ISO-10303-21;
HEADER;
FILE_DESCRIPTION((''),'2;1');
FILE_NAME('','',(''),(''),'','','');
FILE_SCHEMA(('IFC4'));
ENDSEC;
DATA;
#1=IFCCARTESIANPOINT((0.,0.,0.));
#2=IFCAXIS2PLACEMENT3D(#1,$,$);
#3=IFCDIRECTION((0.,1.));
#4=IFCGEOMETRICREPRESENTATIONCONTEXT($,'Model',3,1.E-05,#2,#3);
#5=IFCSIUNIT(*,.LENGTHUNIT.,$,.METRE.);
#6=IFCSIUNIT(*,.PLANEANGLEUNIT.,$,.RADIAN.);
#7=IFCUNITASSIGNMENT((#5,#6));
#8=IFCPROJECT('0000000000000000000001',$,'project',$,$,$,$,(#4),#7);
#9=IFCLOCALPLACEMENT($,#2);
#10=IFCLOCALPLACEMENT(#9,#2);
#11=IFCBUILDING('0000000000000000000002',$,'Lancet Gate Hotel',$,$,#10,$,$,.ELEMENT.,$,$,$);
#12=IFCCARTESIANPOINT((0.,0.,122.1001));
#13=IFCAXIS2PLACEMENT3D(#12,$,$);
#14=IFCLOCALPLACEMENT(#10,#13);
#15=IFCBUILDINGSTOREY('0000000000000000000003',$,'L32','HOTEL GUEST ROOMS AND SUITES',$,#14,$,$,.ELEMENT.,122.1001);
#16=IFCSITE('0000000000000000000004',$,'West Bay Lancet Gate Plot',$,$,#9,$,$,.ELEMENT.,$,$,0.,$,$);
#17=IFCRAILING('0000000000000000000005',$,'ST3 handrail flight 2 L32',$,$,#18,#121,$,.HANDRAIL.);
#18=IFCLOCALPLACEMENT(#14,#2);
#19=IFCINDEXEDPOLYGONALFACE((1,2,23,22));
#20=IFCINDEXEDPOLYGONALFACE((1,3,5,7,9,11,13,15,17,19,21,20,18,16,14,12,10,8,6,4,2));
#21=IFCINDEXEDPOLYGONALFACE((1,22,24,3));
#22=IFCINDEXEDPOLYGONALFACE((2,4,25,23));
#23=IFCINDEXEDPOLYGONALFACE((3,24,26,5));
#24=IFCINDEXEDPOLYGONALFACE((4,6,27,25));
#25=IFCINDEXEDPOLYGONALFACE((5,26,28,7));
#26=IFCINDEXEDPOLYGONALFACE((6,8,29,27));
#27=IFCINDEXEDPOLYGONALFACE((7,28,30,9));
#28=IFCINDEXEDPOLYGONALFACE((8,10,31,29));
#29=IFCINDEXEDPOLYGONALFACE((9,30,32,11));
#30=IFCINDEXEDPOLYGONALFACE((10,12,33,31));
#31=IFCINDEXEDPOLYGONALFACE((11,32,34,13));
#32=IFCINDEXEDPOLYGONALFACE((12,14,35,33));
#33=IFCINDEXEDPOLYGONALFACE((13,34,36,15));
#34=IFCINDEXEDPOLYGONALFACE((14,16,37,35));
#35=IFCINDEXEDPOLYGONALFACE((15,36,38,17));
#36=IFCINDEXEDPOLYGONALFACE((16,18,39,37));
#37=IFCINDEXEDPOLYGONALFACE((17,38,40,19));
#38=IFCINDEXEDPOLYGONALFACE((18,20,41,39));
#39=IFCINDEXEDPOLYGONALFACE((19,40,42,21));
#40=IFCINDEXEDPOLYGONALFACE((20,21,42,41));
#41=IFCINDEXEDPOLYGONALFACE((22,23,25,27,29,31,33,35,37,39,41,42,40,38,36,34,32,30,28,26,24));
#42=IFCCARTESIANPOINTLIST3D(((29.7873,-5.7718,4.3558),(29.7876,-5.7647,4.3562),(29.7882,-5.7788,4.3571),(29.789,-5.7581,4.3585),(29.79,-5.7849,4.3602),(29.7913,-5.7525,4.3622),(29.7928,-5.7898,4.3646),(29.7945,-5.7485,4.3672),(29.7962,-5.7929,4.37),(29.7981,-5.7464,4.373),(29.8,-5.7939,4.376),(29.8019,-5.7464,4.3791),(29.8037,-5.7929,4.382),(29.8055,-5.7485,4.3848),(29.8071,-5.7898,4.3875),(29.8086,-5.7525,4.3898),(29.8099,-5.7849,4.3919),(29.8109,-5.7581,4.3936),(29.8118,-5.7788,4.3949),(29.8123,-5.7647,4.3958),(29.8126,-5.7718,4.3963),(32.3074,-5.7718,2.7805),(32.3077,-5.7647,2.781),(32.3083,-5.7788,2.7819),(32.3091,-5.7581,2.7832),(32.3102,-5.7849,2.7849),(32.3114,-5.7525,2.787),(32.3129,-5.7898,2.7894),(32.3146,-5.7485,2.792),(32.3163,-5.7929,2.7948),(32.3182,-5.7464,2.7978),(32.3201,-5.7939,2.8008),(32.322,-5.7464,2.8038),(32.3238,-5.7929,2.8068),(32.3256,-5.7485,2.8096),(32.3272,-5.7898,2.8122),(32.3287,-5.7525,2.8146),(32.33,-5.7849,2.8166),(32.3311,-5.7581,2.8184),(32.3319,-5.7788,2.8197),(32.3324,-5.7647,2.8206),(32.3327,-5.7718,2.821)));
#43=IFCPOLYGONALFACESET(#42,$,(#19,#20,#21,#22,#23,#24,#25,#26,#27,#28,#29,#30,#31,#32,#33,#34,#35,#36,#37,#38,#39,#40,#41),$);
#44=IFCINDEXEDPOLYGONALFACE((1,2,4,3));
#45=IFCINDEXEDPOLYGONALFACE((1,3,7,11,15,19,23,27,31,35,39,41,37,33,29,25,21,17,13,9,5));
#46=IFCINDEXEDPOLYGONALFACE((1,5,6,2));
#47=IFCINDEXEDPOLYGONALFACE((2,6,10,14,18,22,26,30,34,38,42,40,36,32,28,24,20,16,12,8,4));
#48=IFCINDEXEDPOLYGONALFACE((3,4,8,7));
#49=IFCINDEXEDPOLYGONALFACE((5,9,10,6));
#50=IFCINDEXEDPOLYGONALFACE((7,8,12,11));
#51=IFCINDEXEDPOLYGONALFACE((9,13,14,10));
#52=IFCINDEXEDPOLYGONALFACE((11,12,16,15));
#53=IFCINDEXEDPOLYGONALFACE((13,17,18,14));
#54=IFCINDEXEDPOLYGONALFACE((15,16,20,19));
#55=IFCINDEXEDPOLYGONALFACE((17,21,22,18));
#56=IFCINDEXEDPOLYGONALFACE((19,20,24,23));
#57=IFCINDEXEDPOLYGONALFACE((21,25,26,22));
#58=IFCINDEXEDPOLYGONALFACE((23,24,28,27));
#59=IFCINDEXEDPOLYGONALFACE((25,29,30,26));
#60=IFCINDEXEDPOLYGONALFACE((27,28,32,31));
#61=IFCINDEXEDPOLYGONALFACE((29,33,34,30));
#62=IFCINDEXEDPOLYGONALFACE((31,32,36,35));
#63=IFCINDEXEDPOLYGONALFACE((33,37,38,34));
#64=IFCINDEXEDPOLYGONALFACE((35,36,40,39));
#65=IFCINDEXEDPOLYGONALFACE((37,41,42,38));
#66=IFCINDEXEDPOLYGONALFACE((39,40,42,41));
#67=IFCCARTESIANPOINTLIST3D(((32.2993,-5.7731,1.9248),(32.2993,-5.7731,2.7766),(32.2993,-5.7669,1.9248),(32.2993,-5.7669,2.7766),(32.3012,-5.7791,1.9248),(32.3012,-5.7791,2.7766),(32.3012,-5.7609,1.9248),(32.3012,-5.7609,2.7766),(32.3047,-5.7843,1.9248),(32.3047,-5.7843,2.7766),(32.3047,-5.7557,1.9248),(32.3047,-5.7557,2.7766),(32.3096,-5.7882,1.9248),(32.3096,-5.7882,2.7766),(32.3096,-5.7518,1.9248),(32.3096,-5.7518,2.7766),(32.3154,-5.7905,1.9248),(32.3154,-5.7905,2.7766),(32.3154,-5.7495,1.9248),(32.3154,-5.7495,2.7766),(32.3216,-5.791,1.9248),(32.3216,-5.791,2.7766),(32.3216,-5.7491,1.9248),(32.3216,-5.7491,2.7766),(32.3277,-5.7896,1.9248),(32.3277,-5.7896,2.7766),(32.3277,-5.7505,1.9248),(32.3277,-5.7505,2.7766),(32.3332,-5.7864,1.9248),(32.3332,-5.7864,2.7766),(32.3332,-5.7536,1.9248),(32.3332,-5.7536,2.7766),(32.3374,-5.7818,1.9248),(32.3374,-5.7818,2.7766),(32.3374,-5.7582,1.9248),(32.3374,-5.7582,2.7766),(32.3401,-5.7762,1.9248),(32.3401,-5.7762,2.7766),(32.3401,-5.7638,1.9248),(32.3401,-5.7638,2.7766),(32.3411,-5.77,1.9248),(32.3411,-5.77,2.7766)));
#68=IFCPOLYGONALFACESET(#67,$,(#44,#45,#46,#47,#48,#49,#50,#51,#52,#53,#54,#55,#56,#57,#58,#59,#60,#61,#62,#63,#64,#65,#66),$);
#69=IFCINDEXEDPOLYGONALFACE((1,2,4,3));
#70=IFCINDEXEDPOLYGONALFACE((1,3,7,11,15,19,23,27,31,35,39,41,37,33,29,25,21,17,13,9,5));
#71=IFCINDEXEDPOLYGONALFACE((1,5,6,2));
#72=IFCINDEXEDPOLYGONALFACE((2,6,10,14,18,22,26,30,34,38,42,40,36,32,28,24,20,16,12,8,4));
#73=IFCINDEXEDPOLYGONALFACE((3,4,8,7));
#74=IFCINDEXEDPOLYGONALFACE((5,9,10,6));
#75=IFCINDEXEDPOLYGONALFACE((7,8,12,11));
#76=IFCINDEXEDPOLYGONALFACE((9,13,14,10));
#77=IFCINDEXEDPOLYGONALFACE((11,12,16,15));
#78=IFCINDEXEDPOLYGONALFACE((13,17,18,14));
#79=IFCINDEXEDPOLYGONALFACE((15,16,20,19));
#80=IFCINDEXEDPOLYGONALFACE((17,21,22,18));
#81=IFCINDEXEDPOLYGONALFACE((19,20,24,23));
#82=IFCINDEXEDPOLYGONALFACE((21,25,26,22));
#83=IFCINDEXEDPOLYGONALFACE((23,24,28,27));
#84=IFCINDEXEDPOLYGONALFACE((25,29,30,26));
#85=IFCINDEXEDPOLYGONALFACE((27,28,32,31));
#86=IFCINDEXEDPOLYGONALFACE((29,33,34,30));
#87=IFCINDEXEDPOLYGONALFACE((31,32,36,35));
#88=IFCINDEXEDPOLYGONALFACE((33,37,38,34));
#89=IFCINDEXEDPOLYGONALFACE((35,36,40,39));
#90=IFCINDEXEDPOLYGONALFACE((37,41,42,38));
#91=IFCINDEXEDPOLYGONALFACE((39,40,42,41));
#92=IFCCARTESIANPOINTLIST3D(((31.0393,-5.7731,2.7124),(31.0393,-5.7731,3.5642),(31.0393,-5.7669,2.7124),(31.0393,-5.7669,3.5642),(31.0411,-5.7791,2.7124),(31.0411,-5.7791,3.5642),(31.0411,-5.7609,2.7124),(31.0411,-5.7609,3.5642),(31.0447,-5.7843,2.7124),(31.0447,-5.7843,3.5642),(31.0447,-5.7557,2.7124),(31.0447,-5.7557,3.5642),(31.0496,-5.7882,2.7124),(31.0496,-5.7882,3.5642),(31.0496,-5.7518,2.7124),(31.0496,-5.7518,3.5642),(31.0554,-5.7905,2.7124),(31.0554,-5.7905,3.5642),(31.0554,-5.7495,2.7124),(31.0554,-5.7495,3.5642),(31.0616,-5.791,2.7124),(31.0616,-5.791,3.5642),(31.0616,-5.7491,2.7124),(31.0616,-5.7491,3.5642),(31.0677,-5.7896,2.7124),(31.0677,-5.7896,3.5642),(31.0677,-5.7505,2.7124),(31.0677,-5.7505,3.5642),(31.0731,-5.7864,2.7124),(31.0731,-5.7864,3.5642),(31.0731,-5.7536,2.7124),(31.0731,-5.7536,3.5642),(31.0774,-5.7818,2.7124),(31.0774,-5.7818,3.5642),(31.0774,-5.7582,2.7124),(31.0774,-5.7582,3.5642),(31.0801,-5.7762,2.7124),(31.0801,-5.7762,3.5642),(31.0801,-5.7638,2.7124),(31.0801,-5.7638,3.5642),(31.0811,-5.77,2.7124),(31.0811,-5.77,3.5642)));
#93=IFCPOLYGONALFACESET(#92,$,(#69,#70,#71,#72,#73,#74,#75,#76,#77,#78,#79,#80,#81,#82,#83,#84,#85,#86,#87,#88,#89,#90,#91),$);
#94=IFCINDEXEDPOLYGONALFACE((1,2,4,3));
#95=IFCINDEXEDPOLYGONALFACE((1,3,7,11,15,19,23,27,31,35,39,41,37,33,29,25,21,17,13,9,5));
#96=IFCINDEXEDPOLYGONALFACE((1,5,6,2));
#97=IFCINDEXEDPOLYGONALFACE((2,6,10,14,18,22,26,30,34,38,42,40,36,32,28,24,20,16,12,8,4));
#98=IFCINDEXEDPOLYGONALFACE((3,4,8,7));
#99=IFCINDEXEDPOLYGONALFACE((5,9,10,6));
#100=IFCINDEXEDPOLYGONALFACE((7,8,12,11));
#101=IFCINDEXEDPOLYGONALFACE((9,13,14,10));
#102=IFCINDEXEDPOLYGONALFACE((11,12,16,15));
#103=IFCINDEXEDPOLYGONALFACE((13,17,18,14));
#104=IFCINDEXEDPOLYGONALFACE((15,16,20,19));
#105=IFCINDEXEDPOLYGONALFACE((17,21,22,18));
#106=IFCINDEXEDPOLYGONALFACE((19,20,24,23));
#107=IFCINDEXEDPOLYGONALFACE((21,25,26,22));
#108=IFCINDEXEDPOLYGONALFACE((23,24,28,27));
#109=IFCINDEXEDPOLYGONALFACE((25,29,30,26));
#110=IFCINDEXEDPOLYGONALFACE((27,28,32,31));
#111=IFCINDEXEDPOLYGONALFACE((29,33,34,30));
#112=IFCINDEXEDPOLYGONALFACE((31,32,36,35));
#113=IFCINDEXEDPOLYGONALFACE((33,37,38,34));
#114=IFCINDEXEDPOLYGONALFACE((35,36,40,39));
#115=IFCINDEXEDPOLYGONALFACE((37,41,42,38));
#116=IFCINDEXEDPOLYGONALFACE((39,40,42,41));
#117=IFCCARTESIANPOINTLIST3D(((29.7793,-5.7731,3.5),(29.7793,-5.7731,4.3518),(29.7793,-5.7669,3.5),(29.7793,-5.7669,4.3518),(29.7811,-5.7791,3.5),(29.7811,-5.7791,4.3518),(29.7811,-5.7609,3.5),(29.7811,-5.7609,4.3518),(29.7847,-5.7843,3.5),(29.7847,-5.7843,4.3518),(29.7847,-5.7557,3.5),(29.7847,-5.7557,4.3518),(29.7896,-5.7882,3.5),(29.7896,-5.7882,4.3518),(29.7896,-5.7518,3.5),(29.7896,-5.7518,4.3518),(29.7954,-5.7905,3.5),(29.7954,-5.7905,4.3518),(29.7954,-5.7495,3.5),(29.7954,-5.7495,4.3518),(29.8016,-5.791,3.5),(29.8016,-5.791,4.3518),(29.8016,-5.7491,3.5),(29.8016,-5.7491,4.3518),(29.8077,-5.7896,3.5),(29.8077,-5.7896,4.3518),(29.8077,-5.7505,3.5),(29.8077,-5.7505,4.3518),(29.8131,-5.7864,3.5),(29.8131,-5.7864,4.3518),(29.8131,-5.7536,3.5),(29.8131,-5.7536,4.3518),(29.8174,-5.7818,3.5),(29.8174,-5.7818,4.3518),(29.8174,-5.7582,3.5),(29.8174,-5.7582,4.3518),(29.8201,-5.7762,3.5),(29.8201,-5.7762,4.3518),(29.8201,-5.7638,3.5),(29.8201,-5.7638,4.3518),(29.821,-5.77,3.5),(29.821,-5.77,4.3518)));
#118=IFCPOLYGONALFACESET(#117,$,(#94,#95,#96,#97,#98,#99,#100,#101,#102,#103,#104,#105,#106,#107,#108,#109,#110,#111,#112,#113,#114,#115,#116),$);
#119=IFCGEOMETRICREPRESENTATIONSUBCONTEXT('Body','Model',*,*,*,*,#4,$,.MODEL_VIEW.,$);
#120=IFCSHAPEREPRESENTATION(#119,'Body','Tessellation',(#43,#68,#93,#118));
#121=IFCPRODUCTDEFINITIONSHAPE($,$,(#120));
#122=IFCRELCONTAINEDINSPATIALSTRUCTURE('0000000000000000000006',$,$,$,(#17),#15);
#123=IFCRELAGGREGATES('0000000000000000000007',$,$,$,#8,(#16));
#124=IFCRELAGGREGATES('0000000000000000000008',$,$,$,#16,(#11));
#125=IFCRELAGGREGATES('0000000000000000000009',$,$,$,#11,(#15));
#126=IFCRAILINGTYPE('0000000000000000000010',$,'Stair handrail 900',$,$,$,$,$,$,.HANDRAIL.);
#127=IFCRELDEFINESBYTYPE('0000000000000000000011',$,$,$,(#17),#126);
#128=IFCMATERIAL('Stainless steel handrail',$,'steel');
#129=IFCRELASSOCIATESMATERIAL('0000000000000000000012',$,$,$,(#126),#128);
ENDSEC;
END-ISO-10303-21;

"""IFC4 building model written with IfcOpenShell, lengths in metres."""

from ifc_helpers import new_model, si_unit, direction, frame, origin, origin_2d, place, context, subcontext, project, spatial, circle, extrude, material, type_object, element, save


model = new_model("IFC4")

# Units and contexts
model_context = context("Model", 3, precision=1e-05, world=origin(), true_north=direction((0.0, 1.0)))
body_context = subcontext(model_context, "Body", "Model", "MODEL_VIEW")
ifc_project = project(units=[si_unit("LENGTHUNIT", "METRE"), si_unit("PLANEANGLEUNIT", "RADIAN")], contexts=[model_context])

# Site, building, storey
site_placement = place(None, origin())
site = spatial("IfcSite", under=ifc_project, at=site_placement, Name="West Bay Lancet Gate Plot", CompositionType="ELEMENT", RefElevation=0.0)
building_placement = place(site_placement, origin())
building = spatial("IfcBuilding", under=site, at=building_placement, Name="Lancet Gate Hotel", CompositionType="ELEMENT")
storey_placement = place(building_placement, frame((0.0, 0.0, 122.1001)))
storey = spatial("IfcBuildingStorey", under=building, at=storey_placement, Name="L32", Description="HOTEL GUEST ROOMS AND SUITES", CompositionType="ELEMENT", Elevation=122.1001)

# Railing
ifc_material_1 = material(Name="Stainless steel handrail", Category="steel")
railing_type = type_object("IfcRailingType", Name="Stair handrail 900", PredefinedType="HANDRAIL", material=ifc_material_1)
railing_placement = place(storey_placement, frame((32.3201, -5.77, 1.9248)))
element("IfcRailing", 1, at=railing_placement, inside=storey, type_object=railing_type, Name="ST3 handrail flight 2 L32", PredefinedType="HANDRAIL", context=body_context, shape_type="SweptSolid", body=[
    extrude(circle(Radius=0.0239, at=origin_2d()), frame((0.0, 0.0, 0.876), z_axis=(-0.847971, 0.0, 0.530043), x_axis=(0.0, -1.0, 0.0)), (0.0, 0.0, 1.0), 2.9719),
    extrude(circle(Radius=0.021, at=origin_2d()), origin(), (0.0, 0.0, 1.0), 0.8518),
    extrude(circle(Radius=0.021, at=origin_2d()), frame((-1.26, 0.0, 0.7876)), (0.0, 0.0, 1.0), 0.8518),
    extrude(circle(Radius=0.021, at=origin_2d()), frame((-2.52, 0.0, 1.5752)), (0.0, 0.0, 1.0), 0.8518),
])

save(model, "model.ifc")
